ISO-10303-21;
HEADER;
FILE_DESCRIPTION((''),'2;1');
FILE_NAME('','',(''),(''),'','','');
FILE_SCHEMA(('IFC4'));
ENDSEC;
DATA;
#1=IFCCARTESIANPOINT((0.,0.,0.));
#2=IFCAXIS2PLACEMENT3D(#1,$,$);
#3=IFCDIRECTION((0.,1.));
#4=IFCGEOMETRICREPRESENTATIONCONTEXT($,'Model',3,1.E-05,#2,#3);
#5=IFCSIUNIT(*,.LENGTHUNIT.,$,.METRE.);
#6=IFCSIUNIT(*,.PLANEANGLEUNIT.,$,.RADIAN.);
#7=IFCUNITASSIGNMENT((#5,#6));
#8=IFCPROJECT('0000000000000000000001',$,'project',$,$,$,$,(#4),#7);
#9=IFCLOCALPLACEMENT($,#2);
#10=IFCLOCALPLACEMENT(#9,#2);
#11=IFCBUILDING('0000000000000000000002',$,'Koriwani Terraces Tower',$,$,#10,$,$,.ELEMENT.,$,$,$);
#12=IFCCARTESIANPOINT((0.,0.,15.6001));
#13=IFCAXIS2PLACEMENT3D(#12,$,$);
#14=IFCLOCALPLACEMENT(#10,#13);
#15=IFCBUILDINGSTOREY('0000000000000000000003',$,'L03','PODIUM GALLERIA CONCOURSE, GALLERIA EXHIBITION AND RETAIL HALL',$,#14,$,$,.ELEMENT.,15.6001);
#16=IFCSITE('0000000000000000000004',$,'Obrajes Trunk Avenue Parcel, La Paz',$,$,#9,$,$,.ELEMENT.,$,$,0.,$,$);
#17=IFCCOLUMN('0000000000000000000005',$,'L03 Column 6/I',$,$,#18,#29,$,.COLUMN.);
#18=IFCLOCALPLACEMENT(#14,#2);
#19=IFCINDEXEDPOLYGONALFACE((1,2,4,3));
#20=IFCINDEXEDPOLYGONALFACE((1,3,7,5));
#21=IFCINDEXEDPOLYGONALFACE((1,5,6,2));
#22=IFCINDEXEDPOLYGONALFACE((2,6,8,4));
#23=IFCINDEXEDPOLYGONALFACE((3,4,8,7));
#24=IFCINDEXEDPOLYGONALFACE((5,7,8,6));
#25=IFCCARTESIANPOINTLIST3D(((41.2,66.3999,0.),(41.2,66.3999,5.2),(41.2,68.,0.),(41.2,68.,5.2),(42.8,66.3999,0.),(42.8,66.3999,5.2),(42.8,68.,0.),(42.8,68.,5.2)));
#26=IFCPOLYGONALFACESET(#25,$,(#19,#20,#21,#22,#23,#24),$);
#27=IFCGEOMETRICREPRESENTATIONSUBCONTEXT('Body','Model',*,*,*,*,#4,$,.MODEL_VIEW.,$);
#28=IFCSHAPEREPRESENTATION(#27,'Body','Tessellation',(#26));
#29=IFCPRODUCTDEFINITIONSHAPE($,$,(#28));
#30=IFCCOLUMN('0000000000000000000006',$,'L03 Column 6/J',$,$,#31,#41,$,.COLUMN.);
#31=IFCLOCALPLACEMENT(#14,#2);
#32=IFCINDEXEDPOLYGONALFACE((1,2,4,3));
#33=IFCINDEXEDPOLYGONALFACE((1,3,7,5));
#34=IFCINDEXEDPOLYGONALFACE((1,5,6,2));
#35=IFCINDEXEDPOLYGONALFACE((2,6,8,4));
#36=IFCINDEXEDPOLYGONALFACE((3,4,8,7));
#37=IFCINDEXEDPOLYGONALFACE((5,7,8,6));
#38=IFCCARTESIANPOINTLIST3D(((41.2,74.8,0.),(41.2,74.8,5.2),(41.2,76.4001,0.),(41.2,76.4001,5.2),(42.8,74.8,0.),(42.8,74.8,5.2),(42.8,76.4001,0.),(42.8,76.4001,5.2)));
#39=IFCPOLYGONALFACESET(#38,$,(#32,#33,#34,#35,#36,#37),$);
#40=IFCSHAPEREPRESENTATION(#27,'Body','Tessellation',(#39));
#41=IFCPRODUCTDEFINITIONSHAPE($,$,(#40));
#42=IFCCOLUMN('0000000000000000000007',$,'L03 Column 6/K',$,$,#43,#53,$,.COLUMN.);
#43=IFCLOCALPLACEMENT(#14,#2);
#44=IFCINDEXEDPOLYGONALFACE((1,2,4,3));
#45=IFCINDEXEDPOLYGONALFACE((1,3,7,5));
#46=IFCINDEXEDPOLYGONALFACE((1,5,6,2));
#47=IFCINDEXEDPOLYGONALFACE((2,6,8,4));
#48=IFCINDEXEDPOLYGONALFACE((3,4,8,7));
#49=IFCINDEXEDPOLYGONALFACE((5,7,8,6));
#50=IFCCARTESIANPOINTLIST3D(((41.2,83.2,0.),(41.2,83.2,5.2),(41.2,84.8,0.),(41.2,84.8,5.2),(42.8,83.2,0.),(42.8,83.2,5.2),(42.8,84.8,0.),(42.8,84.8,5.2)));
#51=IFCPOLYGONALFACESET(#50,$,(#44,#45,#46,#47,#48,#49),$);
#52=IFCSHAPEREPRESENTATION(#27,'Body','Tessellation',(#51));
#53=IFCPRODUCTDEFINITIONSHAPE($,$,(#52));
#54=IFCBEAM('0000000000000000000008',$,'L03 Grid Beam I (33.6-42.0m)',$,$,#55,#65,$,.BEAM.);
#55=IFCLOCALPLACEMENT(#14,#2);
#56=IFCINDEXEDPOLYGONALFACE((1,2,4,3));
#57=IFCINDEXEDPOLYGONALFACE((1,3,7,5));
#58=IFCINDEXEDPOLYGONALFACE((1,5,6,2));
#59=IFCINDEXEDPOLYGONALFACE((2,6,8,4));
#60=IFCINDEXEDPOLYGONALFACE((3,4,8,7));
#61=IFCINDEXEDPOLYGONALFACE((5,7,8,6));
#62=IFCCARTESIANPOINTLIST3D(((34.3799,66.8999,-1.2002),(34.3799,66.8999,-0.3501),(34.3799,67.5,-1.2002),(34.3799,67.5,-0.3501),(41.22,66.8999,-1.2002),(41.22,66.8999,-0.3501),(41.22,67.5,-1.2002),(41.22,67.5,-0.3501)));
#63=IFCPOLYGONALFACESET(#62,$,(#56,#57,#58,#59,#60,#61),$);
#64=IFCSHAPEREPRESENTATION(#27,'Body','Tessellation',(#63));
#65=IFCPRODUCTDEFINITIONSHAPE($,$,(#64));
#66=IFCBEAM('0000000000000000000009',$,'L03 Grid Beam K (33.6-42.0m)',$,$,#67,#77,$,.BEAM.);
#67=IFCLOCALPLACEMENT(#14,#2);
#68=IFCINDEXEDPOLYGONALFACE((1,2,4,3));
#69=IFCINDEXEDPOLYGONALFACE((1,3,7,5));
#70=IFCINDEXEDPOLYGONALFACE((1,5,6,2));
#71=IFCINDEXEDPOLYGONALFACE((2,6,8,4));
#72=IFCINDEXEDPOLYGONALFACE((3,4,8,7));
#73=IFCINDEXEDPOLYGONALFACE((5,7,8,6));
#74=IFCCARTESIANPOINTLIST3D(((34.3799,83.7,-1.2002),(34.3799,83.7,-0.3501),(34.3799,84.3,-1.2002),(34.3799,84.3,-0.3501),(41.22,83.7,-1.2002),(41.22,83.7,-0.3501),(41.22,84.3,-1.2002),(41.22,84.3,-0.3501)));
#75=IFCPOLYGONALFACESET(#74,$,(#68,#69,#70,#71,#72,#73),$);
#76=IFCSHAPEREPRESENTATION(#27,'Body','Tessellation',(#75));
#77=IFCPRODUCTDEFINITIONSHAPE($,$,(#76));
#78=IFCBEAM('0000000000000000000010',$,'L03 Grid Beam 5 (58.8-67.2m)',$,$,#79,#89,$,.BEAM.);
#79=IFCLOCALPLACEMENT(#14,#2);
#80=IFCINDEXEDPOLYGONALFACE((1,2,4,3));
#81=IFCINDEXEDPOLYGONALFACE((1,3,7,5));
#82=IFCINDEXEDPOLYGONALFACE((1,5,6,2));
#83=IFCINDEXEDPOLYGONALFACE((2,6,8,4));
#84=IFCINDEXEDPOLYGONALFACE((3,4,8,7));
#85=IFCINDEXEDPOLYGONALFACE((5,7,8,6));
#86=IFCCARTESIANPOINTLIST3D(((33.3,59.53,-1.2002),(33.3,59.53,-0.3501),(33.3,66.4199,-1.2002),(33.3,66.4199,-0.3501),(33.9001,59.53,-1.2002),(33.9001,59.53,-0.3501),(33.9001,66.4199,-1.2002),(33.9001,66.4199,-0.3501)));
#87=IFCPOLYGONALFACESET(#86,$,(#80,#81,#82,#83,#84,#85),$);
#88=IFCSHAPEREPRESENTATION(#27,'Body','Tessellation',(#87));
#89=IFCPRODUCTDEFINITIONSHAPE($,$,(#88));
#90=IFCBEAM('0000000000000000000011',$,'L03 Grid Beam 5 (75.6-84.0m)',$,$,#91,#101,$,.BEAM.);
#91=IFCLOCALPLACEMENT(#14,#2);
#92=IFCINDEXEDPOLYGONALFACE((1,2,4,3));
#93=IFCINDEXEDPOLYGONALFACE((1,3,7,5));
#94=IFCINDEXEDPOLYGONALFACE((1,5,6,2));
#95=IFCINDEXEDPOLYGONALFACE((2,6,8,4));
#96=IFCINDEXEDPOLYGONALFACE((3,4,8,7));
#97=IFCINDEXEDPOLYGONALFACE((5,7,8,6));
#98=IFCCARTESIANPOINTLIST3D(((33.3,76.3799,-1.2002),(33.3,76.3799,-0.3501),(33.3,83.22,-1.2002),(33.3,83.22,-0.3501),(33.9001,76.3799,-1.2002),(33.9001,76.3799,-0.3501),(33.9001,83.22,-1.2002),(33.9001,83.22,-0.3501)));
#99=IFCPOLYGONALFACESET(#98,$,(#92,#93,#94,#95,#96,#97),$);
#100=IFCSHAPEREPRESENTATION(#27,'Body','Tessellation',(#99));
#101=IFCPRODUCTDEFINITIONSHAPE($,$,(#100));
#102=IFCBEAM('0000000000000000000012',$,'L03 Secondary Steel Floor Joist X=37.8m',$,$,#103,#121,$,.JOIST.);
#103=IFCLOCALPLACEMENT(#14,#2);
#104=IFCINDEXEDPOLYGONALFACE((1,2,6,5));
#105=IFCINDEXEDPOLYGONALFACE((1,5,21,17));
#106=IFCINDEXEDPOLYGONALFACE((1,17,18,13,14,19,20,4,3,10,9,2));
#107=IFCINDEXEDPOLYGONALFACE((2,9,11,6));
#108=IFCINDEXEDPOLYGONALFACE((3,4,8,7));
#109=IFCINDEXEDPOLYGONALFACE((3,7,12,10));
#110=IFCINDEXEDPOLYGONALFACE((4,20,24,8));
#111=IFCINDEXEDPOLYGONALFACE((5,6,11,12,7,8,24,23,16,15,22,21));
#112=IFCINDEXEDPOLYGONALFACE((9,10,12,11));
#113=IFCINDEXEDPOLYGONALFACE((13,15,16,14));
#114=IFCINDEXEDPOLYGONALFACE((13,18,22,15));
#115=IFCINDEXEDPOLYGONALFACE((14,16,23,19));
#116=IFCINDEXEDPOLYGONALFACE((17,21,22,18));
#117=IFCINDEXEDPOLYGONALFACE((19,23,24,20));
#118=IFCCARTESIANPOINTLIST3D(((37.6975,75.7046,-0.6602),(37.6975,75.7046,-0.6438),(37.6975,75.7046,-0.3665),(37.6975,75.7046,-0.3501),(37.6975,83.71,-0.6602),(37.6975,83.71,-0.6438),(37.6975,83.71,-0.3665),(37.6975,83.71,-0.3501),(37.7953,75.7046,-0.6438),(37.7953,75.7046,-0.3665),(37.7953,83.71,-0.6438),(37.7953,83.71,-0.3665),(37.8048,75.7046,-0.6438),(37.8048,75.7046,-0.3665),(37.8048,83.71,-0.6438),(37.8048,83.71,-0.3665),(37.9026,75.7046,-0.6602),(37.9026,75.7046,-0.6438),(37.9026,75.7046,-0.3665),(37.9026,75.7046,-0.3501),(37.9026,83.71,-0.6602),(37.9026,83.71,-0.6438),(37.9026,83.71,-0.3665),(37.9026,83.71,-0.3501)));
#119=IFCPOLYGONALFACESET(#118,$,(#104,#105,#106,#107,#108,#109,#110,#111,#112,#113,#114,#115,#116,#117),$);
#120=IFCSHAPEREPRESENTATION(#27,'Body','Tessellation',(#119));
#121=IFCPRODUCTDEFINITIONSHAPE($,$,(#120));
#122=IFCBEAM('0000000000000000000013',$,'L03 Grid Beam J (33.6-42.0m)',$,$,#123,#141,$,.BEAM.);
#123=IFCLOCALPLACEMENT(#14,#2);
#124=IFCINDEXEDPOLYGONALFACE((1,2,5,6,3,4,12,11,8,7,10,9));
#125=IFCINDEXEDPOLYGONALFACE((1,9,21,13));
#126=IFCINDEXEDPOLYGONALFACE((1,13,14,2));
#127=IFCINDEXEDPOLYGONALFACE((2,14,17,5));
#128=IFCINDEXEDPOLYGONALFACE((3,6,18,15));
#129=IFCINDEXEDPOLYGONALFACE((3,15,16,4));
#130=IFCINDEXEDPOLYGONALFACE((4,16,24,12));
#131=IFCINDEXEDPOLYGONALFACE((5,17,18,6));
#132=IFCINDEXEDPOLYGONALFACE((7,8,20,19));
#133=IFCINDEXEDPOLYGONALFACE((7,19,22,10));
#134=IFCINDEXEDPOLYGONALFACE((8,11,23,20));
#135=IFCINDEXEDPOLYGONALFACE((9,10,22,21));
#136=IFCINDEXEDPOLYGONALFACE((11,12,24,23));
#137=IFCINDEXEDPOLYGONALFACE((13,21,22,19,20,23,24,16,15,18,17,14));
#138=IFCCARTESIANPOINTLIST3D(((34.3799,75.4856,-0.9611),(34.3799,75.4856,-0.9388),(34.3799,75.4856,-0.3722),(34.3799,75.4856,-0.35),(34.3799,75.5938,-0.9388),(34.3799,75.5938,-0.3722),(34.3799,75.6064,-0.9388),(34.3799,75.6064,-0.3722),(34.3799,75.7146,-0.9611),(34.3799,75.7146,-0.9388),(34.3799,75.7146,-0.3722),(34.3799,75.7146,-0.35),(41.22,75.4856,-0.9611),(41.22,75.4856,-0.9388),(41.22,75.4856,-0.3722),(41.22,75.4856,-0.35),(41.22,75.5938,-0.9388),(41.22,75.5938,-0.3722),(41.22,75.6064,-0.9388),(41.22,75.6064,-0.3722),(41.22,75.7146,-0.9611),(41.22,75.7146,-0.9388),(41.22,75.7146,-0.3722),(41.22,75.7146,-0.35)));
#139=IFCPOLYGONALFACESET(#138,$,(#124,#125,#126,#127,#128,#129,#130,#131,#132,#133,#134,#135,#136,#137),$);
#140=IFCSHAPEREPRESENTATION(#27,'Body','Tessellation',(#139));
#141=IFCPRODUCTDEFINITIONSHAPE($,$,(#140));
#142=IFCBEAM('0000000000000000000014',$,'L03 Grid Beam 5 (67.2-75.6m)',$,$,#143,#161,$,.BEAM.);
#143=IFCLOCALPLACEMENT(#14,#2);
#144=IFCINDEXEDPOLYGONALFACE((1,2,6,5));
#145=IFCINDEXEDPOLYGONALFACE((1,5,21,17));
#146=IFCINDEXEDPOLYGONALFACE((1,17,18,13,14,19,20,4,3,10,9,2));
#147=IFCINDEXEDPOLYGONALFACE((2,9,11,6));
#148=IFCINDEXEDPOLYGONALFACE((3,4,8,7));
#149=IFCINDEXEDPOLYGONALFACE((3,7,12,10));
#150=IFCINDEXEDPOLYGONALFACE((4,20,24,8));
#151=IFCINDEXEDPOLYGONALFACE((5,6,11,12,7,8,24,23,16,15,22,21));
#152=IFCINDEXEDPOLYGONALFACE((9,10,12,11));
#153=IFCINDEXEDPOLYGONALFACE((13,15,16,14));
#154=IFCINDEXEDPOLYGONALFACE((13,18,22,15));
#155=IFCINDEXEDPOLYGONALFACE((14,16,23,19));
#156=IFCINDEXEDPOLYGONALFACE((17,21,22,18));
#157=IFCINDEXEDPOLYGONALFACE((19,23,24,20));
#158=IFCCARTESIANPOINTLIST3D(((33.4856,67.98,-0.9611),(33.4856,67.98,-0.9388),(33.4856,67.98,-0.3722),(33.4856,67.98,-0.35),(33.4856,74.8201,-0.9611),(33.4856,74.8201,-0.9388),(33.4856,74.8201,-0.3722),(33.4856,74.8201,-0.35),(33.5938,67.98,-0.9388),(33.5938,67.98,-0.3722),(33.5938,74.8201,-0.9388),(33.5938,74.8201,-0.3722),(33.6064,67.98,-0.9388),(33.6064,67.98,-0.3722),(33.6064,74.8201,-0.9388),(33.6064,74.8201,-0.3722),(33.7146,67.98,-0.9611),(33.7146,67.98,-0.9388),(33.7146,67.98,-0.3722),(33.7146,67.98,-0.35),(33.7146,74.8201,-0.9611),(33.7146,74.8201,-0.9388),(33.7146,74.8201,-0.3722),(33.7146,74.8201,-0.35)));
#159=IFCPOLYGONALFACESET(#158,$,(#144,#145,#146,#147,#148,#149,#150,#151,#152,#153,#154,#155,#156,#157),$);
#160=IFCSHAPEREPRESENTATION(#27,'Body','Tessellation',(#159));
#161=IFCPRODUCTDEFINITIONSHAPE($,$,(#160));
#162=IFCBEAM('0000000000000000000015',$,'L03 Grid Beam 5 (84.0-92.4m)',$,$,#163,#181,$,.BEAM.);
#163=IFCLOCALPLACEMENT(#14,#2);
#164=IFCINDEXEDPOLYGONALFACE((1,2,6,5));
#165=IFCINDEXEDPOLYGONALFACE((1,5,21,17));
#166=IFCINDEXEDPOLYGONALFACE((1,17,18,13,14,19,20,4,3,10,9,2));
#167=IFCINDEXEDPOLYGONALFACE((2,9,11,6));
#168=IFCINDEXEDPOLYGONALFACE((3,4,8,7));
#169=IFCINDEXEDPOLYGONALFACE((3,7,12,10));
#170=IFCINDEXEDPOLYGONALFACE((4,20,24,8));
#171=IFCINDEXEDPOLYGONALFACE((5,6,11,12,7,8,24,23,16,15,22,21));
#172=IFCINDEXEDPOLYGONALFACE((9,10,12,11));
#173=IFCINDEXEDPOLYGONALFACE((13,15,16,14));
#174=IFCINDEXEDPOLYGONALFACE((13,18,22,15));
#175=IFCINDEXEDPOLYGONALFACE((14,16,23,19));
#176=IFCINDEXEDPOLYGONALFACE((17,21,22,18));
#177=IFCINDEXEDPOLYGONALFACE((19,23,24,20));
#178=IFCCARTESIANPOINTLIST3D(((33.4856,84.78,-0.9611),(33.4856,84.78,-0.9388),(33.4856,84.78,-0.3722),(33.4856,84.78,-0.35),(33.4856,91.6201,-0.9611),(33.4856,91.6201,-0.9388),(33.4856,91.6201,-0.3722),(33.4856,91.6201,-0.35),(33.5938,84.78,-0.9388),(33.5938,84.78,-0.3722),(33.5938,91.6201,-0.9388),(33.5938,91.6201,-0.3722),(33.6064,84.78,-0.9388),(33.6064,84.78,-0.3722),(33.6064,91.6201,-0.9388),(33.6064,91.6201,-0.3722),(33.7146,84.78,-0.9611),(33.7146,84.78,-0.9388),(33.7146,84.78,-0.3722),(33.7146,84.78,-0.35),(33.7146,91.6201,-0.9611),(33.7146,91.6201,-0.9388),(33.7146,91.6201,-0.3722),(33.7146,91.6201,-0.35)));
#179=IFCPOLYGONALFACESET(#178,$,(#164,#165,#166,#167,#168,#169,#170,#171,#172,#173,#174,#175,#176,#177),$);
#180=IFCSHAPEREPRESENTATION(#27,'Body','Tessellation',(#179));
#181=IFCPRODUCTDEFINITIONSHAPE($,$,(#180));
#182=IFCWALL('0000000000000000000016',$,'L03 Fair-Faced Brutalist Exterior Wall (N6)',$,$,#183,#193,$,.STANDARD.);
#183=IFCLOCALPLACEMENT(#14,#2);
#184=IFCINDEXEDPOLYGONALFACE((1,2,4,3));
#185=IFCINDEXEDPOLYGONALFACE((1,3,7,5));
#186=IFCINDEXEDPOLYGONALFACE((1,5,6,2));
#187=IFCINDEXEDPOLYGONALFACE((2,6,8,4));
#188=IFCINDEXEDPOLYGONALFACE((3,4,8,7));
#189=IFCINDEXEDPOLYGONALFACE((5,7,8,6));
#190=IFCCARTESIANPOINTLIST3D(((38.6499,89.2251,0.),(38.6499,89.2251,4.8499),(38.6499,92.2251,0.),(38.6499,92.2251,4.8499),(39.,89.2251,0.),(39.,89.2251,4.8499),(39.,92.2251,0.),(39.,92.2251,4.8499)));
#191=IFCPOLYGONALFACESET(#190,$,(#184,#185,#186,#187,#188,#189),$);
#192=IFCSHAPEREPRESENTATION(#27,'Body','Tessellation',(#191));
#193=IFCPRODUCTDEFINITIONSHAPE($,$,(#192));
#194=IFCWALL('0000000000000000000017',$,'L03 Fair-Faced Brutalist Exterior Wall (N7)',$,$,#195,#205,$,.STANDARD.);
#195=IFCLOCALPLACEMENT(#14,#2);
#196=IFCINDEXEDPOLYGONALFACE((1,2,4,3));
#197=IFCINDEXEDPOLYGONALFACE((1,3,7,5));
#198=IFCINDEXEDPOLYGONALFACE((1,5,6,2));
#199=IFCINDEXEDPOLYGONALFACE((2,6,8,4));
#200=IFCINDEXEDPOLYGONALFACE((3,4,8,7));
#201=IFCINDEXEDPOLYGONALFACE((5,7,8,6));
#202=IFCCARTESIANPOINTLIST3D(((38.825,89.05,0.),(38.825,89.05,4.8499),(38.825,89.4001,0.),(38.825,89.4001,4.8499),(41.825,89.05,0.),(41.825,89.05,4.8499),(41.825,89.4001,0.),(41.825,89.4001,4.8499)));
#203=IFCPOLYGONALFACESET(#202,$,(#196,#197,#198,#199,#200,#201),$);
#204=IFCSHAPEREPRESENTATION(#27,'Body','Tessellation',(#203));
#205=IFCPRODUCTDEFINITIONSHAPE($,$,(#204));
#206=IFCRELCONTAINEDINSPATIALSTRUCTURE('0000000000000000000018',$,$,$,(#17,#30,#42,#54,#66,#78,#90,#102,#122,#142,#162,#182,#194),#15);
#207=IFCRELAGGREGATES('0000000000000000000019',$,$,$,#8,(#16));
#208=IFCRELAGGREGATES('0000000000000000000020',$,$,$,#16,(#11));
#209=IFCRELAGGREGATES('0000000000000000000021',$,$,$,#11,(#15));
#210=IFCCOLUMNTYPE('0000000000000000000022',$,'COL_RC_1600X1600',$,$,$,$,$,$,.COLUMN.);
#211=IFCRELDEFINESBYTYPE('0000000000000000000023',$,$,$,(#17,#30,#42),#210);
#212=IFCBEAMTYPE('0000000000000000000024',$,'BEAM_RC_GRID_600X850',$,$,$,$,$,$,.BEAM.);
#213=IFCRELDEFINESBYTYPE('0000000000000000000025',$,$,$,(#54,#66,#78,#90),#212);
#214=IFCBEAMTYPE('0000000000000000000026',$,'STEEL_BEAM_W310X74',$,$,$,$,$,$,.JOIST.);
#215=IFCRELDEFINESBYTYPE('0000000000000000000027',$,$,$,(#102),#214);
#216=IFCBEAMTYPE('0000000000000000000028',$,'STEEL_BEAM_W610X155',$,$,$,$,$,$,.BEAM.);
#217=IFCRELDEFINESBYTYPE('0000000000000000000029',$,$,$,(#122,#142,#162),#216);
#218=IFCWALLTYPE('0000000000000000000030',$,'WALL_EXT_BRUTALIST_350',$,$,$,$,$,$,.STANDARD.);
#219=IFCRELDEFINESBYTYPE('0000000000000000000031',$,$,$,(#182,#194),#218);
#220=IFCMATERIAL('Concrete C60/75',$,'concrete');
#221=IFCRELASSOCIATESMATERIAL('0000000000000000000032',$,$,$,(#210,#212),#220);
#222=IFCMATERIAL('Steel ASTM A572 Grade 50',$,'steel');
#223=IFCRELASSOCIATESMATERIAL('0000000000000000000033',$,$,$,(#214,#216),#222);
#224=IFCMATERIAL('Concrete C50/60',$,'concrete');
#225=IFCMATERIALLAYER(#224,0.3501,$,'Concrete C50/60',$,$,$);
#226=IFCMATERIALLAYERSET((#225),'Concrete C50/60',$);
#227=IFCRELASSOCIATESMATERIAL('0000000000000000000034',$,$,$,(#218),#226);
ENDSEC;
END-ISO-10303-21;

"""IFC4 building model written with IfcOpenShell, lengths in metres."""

from ifc_helpers import new_model, si_unit, direction, frame, frame_2d, origin, origin_2d, place, context, subcontext, project, spatial, rectangle, i_section, extrude, material, layer, layer_set, material_profile, profile_set, type_object, element, save


model = new_model("IFC4")

# Units and contexts
model_context = context("Model", 3, precision=1e-05, world=origin(), true_north=direction((0.0, 1.0)))
body_context = subcontext(model_context, "Body", "Model", "MODEL_VIEW")
ifc_project = project(units=[si_unit("LENGTHUNIT", "METRE"), si_unit("PLANEANGLEUNIT", "RADIAN")], contexts=[model_context])

# Site, building, storey
site_placement = place(None, origin())
site = spatial("IfcSite", under=ifc_project, at=site_placement, Name="Obrajes Trunk Avenue Parcel, La Paz", CompositionType="ELEMENT", RefElevation=0.0)
building_placement = place(site_placement, origin())
building = spatial("IfcBuilding", under=site, at=building_placement, Name="Koriwani Terraces Tower", CompositionType="ELEMENT")
storey_placement = place(building_placement, frame((0.0, 0.0, 15.6001)))
storey = spatial("IfcBuildingStorey", under=building, at=storey_placement, Name="L03", Description="PODIUM GALLERIA CONCOURSE, GALLERIA EXHIBITION AND RETAIL HALL", CompositionType="ELEMENT", Elevation=15.6001)

# Columns
ifc_material_1 = material(Name="Concrete C60/75", Category="concrete")
ifc_material_profile_1 = material_profile(ifc_material_1, rectangle(XDim=1.6001, YDim=1.6001, at=origin_2d()), Name="Concrete C60/75", Category="LoadBearing")
ifc_profile_set_1 = profile_set([ifc_material_profile_1], Name="Concrete C60/75")
column_type = type_object("IfcColumnType", Name="COL_RC_1600X1600", PredefinedType="COLUMN", material=ifc_profile_set_1)
for number, where, z_axis, x_axis, name in (
    (1, (42.0, 67.2, 0.0), (0.0, 0.0, 1.0), (1.0, 0.0, 0.0), "L03 Column 6/I"),
    (2, (42.0, 75.6001, 0.0), (0.0, 0.0, 1.0), (1.0, 0.0, 0.0), "L03 Column 6/J"),
    (3, (42.0, 84.0, 0.0), (0.0, 0.0, 1.0), (1.0, 0.0, 0.0), "L03 Column 6/K"),
):
    element("IfcColumn", number, at=place(storey_placement, frame(where, z_axis=z_axis, x_axis=x_axis)), inside=storey, type_object=column_type, Name=name, PredefinedType="COLUMN", context=body_context, shape_type="SweptSolid", body=[
        extrude(rectangle(XDim=1.6001, YDim=1.6001, at=origin_2d()), origin(), (0.0, 0.0, 1.0), 5.2),
    ])

# Beams
ifc_material_profile_2 = material_profile(ifc_material_1, rectangle(XDim=0.6001, YDim=0.8501, at=origin_2d()), Name="Concrete C60/75", Category="LoadBearing")
ifc_profile_set_2 = profile_set([ifc_material_profile_2], Name="Concrete C60/75")
beam_type_1 = type_object("IfcBeamType", Name="BEAM_RC_GRID_600X850", PredefinedType="BEAM", material=ifc_profile_set_2)
for number, where, z_axis, x_axis, name in (
    (4, (34.3799, 67.2, -0.7751), (1.0, 0.0, 0.0), (0.0, 1.0, 0.0), "L03 Grid Beam I (33.6-42.0m)"),
    (5, (34.3799, 84.0, -0.7751), (1.0, 0.0, 0.0), (0.0, 1.0, 0.0), "L03 Grid Beam K (33.6-42.0m)"),
):
    element("IfcBeam", number, at=place(storey_placement, frame(where, z_axis=z_axis, x_axis=x_axis)), inside=storey, type_object=beam_type_1, Name=name, PredefinedType="BEAM", context=body_context, shape_type="SweptSolid", body=[
        extrude(rectangle(XDim=0.6001, YDim=0.8501, at=origin_2d()), origin(), (0.0, 0.0, 1.0), 6.8401),
    ])
beam_1_placement = place(storey_placement, frame((33.6001, 59.53, -0.7751), z_axis=(0.0, 1.0, 0.0), x_axis=(-1.0, 0.0, 0.0)))
element("IfcBeam", 6, at=beam_1_placement, inside=storey, type_object=beam_type_1, Name="L03 Grid Beam 5 (58.8-67.2m)", PredefinedType="BEAM", context=body_context, shape_type="SweptSolid", body=[
    extrude(rectangle(XDim=0.6001, YDim=0.8501, at=origin_2d()), origin(), (0.0, 0.0, 1.0), 6.8899),
])
beam_2_placement = place(storey_placement, frame((33.6001, 76.3799, -0.7751), z_axis=(0.0, 1.0, 0.0), x_axis=(-1.0, 0.0, 0.0)))
element("IfcBeam", 7, at=beam_2_placement, inside=storey, type_object=beam_type_1, Name="L03 Grid Beam 5 (75.6-84.0m)", PredefinedType="BEAM", context=body_context, shape_type="SweptSolid", body=[
    extrude(rectangle(XDim=0.6001, YDim=0.8501, at=origin_2d()), origin(), (0.0, 0.0, 1.0), 6.8401),
])
ifc_material_2 = material(Name="Steel ASTM A572 Grade 50", Category="steel")
ifc_material_profile_3 = material_profile(ifc_material_2, i_section(OverallWidth=0.2051, OverallDepth=0.3101, WebThickness=0.0095, FlangeThickness=0.0164, at=origin_2d()), Name="Steel ASTM A572 Grade 50", Category="LoadBearing")
ifc_profile_set_3 = profile_set([ifc_material_profile_3], Name="Steel ASTM A572 Grade 50")
beam_type_2 = type_object("IfcBeamType", Name="STEEL_BEAM_W310X74", PredefinedType="JOIST", material=ifc_profile_set_3)
beam_3_placement = place(storey_placement, frame((37.8, 75.7046, -0.5051), z_axis=(0.0, 1.0, 0.0), x_axis=(-1.0, 0.0, 0.0)))
element("IfcBeam", 8, at=beam_3_placement, inside=storey, type_object=beam_type_2, Name="L03 Secondary Steel Floor Joist X=37.8m", PredefinedType="JOIST", context=body_context, shape_type="SweptSolid", body=[
    extrude(i_section(OverallWidth=0.2051, OverallDepth=0.3101, WebThickness=0.0095, FlangeThickness=0.0164, at=origin_2d()), origin(), (0.0, 0.0, 1.0), 8.0054),
])
ifc_material_profile_4 = material_profile(ifc_material_2, i_section(OverallWidth=0.229, OverallDepth=0.6111, WebThickness=0.0127, FlangeThickness=0.0222, at=origin_2d()), Name="Steel ASTM A572 Grade 50", Category="LoadBearing")
ifc_profile_set_4 = profile_set([ifc_material_profile_4], Name="Steel ASTM A572 Grade 50")
beam_type_3 = type_object("IfcBeamType", Name="STEEL_BEAM_W610X155", PredefinedType="BEAM", material=ifc_profile_set_4)
for number, where, z_axis, x_axis, name in (
    (9, (34.3799, 75.6001, -0.6555), (1.0, 0.0, 0.0), (0.0, 1.0, 0.0), "L03 Grid Beam J (33.6-42.0m)"),
    (10, (33.6001, 67.98, -0.6555), (0.0, 1.0, 0.0), (-1.0, 0.0, 0.0), "L03 Grid Beam 5 (67.2-75.6m)"),
    (11, (33.6001, 84.78, -0.6555), (0.0, 1.0, 0.0), (-1.0, 0.0, 0.0), "L03 Grid Beam 5 (84.0-92.4m)"),
):
    element("IfcBeam", number, at=place(storey_placement, frame(where, z_axis=z_axis, x_axis=x_axis)), inside=storey, type_object=beam_type_3, Name=name, PredefinedType="BEAM", context=body_context, shape_type="SweptSolid", body=[
        extrude(i_section(OverallWidth=0.229, OverallDepth=0.6111, WebThickness=0.0127, FlangeThickness=0.0222, at=origin_2d()), origin(), (0.0, 0.0, 1.0), 6.8401),
    ])

# Walls
ifc_material_3 = material(Name="Concrete C50/60", Category="concrete")
ifc_layer_1 = layer(ifc_material_3, 0.3501, Name="Concrete C50/60")
ifc_layer_set_1 = layer_set([ifc_layer_1], Name="Concrete C50/60")
wall_type = type_object("IfcWallType", Name="WALL_EXT_BRUTALIST_350", PredefinedType="STANDARD", material=ifc_layer_set_1)
for number, where, z_axis, x_axis, name in (
    (12, (38.825, 92.2251, 0.0), (0.0, 0.0, 1.0), (0.0, -1.0, 0.0), "L03 Fair-Faced Brutalist Exterior Wall (N6)"),
    (13, (38.825, 89.2251, 0.0), (0.0, 0.0, 1.0), (1.0, 0.0, 0.0), "L03 Fair-Faced Brutalist Exterior Wall (N7)"),
):
    element("IfcWall", number, at=place(storey_placement, frame(where, z_axis=z_axis, x_axis=x_axis)), inside=storey, type_object=wall_type, Name=name, PredefinedType="STANDARD", context=body_context, shape_type="SweptSolid", body=[
        extrude(rectangle(XDim=3.0, YDim=0.3501, at=frame_2d((1.5, 0.0))), origin(), (0.0, 0.0, 1.0), 4.8499),
    ])

save(model, "model.ifc")
